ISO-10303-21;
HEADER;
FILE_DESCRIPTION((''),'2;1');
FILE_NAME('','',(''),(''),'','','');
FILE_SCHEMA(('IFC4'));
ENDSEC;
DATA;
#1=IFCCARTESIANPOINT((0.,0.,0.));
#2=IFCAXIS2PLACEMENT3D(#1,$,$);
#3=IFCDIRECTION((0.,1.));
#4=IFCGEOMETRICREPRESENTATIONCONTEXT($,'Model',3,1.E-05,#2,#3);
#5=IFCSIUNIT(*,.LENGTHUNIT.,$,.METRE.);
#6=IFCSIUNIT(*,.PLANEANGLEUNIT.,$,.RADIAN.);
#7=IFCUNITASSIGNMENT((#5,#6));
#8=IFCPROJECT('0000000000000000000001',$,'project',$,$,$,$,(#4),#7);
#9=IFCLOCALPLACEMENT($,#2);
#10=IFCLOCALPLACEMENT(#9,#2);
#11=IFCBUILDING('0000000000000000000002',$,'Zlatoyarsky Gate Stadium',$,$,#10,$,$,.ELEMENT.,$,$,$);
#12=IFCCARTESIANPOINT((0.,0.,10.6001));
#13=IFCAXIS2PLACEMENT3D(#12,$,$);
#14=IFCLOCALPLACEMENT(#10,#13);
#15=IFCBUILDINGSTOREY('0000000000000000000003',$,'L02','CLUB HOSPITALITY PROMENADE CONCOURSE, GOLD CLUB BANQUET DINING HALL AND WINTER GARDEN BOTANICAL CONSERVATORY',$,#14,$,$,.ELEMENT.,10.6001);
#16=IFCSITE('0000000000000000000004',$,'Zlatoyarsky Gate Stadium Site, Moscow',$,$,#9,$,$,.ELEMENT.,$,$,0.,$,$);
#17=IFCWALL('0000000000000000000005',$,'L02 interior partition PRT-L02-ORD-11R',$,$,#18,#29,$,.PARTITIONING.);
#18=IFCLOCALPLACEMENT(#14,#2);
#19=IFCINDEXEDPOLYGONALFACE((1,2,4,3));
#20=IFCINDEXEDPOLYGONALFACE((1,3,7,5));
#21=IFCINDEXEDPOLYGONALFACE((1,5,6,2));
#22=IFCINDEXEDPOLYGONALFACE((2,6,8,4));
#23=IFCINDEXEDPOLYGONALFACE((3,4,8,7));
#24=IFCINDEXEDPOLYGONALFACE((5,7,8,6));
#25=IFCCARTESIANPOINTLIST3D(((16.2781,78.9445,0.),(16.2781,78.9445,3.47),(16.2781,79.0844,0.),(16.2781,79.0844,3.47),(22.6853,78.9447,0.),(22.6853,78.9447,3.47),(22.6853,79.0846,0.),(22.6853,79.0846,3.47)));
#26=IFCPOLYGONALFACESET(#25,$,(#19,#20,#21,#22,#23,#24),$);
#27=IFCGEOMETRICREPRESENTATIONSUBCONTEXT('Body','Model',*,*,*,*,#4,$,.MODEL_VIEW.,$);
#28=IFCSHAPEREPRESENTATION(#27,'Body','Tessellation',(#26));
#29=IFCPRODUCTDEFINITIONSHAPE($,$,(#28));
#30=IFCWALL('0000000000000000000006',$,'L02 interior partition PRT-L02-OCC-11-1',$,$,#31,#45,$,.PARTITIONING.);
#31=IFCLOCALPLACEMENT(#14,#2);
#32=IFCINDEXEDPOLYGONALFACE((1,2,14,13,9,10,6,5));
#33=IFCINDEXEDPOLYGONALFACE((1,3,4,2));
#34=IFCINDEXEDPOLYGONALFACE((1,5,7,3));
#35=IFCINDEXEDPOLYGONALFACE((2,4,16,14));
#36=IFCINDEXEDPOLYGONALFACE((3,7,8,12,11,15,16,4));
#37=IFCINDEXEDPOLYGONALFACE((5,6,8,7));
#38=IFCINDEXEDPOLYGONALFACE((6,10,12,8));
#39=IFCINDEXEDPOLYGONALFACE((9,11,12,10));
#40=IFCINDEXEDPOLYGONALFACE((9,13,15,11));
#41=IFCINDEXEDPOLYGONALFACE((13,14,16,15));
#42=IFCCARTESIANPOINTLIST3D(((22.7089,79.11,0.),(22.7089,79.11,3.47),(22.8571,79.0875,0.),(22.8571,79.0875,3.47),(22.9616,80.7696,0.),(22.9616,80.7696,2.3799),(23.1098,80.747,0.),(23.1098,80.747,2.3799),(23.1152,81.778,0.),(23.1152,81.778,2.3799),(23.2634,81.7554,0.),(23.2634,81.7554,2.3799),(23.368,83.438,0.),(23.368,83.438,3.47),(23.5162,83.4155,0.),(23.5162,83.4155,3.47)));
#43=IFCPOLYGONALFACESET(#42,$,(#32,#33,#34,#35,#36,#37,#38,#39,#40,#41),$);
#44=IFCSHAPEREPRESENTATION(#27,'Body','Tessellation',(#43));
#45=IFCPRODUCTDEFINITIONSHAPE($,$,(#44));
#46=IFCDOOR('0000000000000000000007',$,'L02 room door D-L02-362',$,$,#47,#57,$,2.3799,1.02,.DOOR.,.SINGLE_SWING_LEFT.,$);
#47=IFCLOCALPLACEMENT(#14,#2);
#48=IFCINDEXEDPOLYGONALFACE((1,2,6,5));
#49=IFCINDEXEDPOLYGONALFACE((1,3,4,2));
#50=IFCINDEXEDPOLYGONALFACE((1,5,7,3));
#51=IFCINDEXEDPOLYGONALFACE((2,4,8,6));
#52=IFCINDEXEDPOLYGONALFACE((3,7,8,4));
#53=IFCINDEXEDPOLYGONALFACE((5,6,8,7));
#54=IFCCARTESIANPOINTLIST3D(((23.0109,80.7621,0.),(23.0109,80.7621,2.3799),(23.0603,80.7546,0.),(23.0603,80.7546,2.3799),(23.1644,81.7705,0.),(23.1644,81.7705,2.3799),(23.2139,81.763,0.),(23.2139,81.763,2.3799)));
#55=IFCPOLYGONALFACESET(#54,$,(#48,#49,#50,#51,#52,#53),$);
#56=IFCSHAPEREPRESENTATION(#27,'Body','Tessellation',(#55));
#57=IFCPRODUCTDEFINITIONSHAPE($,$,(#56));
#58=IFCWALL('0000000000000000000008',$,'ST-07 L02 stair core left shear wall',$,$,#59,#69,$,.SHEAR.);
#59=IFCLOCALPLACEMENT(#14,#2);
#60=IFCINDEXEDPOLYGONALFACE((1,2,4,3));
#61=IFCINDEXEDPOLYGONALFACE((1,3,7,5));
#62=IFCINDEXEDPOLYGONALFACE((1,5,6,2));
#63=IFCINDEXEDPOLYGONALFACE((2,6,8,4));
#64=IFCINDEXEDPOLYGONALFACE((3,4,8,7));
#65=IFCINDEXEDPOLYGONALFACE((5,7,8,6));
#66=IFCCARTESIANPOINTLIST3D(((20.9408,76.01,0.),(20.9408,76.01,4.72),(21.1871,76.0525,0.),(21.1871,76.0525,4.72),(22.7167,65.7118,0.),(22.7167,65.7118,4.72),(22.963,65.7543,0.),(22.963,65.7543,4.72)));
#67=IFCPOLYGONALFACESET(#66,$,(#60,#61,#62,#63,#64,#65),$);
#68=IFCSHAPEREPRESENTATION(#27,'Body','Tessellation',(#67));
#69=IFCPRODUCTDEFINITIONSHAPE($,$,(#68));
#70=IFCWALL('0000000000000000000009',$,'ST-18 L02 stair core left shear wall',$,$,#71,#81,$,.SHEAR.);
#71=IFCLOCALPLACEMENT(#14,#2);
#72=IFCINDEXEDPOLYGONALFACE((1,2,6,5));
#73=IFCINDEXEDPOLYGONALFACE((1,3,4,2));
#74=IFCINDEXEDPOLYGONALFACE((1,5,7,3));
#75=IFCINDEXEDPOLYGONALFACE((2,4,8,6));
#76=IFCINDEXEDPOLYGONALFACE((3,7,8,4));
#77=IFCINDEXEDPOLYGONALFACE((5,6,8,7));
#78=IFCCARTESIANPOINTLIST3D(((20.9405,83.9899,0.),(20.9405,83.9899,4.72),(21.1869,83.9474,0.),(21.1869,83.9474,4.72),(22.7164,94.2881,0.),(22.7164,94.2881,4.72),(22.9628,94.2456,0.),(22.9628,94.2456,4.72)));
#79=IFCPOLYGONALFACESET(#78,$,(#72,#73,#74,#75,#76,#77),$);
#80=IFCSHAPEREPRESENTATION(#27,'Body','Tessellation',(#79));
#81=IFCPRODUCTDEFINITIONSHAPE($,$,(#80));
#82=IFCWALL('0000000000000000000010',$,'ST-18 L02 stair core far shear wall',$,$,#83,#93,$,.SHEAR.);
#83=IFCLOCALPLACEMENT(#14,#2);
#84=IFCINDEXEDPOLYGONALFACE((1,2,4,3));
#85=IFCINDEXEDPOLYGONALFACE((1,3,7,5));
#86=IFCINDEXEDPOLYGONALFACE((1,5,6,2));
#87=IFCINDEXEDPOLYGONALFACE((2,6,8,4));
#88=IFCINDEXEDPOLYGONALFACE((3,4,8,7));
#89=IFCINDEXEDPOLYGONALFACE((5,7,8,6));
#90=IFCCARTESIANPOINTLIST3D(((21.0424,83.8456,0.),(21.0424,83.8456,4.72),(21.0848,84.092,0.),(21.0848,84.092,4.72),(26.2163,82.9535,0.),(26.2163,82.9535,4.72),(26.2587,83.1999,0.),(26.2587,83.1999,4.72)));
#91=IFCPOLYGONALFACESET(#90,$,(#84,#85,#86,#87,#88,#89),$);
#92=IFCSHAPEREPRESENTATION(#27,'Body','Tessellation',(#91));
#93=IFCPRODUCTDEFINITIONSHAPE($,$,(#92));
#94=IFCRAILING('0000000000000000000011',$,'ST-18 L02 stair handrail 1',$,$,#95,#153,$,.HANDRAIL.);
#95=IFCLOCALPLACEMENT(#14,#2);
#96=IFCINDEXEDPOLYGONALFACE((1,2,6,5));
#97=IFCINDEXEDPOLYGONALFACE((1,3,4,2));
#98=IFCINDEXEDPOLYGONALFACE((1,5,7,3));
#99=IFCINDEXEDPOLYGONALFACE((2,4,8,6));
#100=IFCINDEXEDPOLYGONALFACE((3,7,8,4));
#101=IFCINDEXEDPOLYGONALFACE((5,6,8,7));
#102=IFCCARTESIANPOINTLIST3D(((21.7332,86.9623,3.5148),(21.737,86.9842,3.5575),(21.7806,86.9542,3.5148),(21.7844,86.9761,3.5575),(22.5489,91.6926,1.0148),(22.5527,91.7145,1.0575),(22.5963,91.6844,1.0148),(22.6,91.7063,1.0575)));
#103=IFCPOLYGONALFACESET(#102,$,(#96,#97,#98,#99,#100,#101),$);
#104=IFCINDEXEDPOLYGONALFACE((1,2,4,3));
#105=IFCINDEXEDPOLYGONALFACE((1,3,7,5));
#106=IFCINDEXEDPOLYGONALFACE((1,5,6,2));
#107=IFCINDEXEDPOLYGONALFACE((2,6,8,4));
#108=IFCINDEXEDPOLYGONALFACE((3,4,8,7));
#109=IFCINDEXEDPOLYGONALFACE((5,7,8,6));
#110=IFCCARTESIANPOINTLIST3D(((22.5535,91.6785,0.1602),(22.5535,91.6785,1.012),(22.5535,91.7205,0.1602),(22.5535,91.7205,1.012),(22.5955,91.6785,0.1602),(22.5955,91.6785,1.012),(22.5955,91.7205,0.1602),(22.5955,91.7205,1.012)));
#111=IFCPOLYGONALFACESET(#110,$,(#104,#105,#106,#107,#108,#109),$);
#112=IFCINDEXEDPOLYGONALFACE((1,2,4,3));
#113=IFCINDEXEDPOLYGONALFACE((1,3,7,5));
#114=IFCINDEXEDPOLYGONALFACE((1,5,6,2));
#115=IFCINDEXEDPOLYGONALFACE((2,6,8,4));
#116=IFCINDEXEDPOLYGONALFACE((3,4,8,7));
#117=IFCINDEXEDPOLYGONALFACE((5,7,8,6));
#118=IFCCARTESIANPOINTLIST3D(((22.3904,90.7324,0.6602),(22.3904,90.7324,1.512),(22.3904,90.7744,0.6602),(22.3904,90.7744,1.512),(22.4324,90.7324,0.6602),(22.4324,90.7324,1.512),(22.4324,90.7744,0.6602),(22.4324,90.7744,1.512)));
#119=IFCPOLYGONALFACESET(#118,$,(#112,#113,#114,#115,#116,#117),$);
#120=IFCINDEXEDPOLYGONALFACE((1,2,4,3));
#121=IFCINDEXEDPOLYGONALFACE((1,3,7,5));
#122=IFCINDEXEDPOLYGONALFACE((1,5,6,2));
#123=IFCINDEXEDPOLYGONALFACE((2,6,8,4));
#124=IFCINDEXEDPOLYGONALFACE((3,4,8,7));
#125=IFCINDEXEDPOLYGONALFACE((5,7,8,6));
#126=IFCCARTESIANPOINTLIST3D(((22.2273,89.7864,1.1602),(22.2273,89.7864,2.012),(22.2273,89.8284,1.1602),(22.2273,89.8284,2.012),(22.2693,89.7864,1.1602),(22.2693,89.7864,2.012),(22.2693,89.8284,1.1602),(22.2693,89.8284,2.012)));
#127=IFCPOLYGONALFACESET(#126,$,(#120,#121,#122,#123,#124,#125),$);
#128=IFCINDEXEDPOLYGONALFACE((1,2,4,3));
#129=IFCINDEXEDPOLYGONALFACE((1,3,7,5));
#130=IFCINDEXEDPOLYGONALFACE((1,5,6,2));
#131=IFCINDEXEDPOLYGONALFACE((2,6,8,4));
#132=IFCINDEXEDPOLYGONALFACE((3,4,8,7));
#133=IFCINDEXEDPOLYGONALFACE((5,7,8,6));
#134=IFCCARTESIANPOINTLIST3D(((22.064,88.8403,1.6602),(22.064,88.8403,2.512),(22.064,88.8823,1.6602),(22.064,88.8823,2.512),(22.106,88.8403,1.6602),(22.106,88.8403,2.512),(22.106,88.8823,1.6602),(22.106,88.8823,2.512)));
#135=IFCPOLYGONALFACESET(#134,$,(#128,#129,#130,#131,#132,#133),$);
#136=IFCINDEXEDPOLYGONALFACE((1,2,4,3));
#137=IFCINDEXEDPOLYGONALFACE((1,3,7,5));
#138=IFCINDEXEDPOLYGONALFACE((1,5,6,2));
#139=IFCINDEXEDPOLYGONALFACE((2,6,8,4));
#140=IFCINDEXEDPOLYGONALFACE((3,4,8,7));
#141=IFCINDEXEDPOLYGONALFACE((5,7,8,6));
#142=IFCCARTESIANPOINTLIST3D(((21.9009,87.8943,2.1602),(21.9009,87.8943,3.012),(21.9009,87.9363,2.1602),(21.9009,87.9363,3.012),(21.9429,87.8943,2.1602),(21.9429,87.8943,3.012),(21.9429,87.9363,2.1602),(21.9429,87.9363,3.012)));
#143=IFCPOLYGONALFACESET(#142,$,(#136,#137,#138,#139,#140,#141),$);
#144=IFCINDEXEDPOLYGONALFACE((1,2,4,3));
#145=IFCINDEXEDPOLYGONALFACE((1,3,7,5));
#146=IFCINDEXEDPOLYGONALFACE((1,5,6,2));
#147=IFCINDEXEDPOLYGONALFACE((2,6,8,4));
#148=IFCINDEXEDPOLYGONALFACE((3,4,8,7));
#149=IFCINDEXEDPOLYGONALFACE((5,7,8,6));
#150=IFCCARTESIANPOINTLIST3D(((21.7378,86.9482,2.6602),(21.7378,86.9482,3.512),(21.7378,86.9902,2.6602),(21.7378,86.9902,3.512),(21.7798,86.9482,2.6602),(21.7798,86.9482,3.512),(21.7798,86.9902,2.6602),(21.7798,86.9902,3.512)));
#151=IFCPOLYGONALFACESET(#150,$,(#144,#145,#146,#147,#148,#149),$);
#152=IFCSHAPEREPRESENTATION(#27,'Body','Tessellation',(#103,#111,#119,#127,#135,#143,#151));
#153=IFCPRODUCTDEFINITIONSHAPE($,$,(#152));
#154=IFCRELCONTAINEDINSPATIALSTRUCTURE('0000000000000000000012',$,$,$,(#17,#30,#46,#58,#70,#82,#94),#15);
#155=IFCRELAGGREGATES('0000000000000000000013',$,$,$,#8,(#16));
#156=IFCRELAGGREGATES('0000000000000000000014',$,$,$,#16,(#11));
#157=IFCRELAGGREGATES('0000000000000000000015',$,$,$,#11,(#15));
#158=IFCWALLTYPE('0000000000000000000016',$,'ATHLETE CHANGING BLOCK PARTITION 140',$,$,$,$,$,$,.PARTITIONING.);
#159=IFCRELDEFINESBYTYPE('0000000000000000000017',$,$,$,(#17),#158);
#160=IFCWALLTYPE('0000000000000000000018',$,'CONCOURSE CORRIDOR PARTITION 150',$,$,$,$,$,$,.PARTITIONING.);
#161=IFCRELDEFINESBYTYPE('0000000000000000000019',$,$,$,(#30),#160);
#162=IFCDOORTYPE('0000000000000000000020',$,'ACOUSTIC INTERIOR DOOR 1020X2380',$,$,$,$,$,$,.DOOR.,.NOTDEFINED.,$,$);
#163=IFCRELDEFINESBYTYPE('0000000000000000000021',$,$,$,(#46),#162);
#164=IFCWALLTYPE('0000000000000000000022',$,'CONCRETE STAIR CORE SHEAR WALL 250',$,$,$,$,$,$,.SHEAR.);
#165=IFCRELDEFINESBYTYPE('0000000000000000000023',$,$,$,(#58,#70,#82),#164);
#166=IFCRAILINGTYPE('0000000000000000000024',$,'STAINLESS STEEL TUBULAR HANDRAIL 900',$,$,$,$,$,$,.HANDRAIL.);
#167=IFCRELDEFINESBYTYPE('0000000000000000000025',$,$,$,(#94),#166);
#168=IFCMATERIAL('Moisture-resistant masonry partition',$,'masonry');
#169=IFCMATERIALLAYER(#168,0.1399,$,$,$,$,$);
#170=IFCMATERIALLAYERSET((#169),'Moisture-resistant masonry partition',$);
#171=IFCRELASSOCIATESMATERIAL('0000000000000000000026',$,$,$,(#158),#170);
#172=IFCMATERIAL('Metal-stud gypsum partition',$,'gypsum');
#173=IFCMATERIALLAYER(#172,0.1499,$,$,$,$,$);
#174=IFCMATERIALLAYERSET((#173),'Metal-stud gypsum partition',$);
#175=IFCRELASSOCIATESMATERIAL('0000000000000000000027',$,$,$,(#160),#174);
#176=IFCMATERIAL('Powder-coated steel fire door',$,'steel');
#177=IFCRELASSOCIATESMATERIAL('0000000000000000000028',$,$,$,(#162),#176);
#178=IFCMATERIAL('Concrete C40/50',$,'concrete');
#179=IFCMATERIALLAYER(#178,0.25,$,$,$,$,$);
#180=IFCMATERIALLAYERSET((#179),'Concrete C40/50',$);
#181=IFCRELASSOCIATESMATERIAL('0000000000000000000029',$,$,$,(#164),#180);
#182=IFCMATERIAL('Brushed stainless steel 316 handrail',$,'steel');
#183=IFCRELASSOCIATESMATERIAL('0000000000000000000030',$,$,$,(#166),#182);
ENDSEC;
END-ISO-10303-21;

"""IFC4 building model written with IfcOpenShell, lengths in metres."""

from ifc_helpers import new_model, si_unit, direction, frame, frame_2d, origin, origin_2d, place, context, subcontext, project, spatial, rectangle, extrude, material, layer, layer_set, type_object, element, fill, save


model = new_model("IFC4")

# Units and contexts
model_context = context("Model", 3, precision=1e-05, world=origin(), true_north=direction((0.0, 1.0)))
body_context = subcontext(model_context, "Body", "Model", "MODEL_VIEW")
ifc_project = project(units=[si_unit("LENGTHUNIT", "METRE"), si_unit("PLANEANGLEUNIT", "RADIAN")], contexts=[model_context])

# Site, building, storey
site_placement = place(None, origin())
site = spatial("IfcSite", under=ifc_project, at=site_placement, Name="Zlatoyarsky Gate Stadium Site, Moscow", CompositionType="ELEMENT", RefElevation=0.0)
building_placement = place(site_placement, origin())
building = spatial("IfcBuilding", under=site, at=building_placement, Name="Zlatoyarsky Gate Stadium", CompositionType="ELEMENT")
storey_placement = place(building_placement, frame((0.0, 0.0, 10.6001)))
storey = spatial("IfcBuildingStorey", under=building, at=storey_placement, Name="L02", Description="CLUB HOSPITALITY PROMENADE CONCOURSE, GOLD CLUB BANQUET DINING HALL AND WINTER GARDEN BOTANICAL CONSERVATORY", CompositionType="ELEMENT", Elevation=10.6001)

# Wall
ifc_material_1 = material(Name="Moisture-resistant masonry partition", Category="masonry")
ifc_layer_1 = layer(ifc_material_1, 0.1399)
ifc_layer_set_1 = layer_set([ifc_layer_1], Name="Moisture-resistant masonry partition")
wall_type_1 = type_object("IfcWallType", Name="ATHLETE CHANGING BLOCK PARTITION 140", PredefinedType="PARTITIONING", material=ifc_layer_set_1)
wall_1_placement = place(storey_placement, frame((22.6853, 79.0146, 0.0), z_axis=(0.0, 0.0, 1.0), x_axis=(-1.0, -0.000038, 0.0)))
element("IfcWall", 1, at=wall_1_placement, inside=storey, type_object=wall_type_1, Name="L02 interior partition PRT-L02-ORD-11R", PredefinedType="PARTITIONING", context=body_context, shape_type="SweptSolid", body=[
    extrude(rectangle(XDim=6.4072, YDim=0.1399, at=frame_2d((3.2036, 0.0))), origin(), (0.0, 0.0, 1.0), 3.47),
])

# Wall, opening, door
ifc_material_2 = material(Name="Metal-stud gypsum partition", Category="gypsum")
ifc_layer_2 = layer(ifc_material_2, 0.1499)
ifc_layer_set_2 = layer_set([ifc_layer_2], Name="Metal-stud gypsum partition")
wall_type_2 = type_object("IfcWallType", Name="CONCOURSE CORRIDOR PARTITION 150", PredefinedType="PARTITIONING", material=ifc_layer_set_2)
wall_2_placement = place(storey_placement, frame((23.4421, 83.4268, 0.0), z_axis=(0.0, 0.0, 1.0), x_axis=(-0.150565, -0.9886, 0.0)))
wall_2 = element("IfcWall", 2, at=wall_2_placement, inside=storey, type_object=wall_type_2, Name="L02 interior partition PRT-L02-OCC-11-1", PredefinedType="PARTITIONING", context=body_context, shape_type="SweptSolid", body=[
    extrude(rectangle(XDim=4.3779, YDim=0.1499, at=frame_2d((2.189, 0.0))), origin(), (0.0, 0.0, 1.0), 3.47),
])
opening_placement = place(wall_2_placement, frame((1.6792, 0.0, 0.0)))
opening = element("IfcOpeningElement", 3, at=opening_placement, cuts=wall_2, PredefinedType="OPENING", context=body_context, shape_type="SweptSolid", body=[
    extrude(rectangle(XDim=1.02, YDim=2.3799, at=frame_2d((0.51, 1.1899))), frame((0.0, 0.085, 0.0), z_axis=(0.0, -1.0, 0.0), x_axis=(1.0, 0.0, 0.0)), (0.0, 0.0, 1.0), 0.1699),
])
ifc_material_3 = material(Name="Powder-coated steel fire door", Category="steel")
door_type = type_object("IfcDoorType", Name="ACOUSTIC INTERIOR DOOR 1020X2380", OperationType="NOTDEFINED", PredefinedType="DOOR", material=ifc_material_3)
door_placement = place(opening_placement, origin())
door = element("IfcDoor", 4, at=door_placement, inside=storey, type_object=door_type, Name="L02 room door D-L02-362", OperationType="SINGLE_SWING_LEFT", OverallHeight=2.3799, OverallWidth=1.02, PredefinedType="DOOR", context=body_context, shape_type="SweptSolid", body=[
    extrude(rectangle(XDim=1.02, YDim=2.3799, at=frame_2d((0.51, 1.1899))), frame((0.0, 0.0249, 0.0), z_axis=(0.0, -1.0, 0.0), x_axis=(1.0, 0.0, 0.0)), (0.0, 0.0, 1.0), 0.05),
])
fill(opening, door)

# Walls
ifc_material_4 = material(Name="Concrete C40/50", Category="concrete")
ifc_layer_3 = layer(ifc_material_4, 0.25)
ifc_layer_set_3 = layer_set([ifc_layer_3], Name="Concrete C40/50")
wall_type_3 = type_object("IfcWallType", Name="CONCRETE STAIR CORE SHEAR WALL 250", PredefinedType="SHEAR", material=ifc_layer_set_3)
for number, where, z_axis, x_axis, name in (
    (5, (21.064, 76.0312, 0.0), (0.0, 0.0, 1.0), (0.169939, -0.985455, 0.0), "ST-07 L02 stair core left shear wall"),
    (6, (22.8396, 94.2668, 0.0), (0.0, 0.0, 1.0), (-0.169939, -0.985455, 0.0), "ST-18 L02 stair core left shear wall"),
):
    element("IfcWall", number, at=place(storey_placement, frame(where, z_axis=z_axis, x_axis=x_axis)), inside=storey, type_object=wall_type_3, Name=name, PredefinedType="SHEAR", context=body_context, shape_type="SweptSolid", body=[
        extrude(rectangle(XDim=10.4502, YDim=0.25, at=frame_2d((5.2251, 0.0))), origin(), (0.0, 0.0, 1.0), 4.72),
    ])
wall_3_placement = place(storey_placement, frame((21.0637, 83.9688, 0.0), z_axis=(0.0, 0.0, 1.0), x_axis=(0.985459, -0.169916, 0.0)))
element("IfcWall", 7, at=wall_3_placement, inside=storey, type_object=wall_type_3, Name="ST-18 L02 stair core far shear wall", PredefinedType="SHEAR", context=body_context, shape_type="SweptSolid", body=[
    extrude(rectangle(XDim=5.2502, YDim=0.25, at=frame_2d((2.625, 0.0))), origin(), (0.0, 0.0, 1.0), 4.72),
])

# Railing
ifc_material_5 = material(Name="Brushed stainless steel 316 handrail", Category="steel")
railing_type = type_object("IfcRailingType", Name="STAINLESS STEEL TUBULAR HANDRAIL 900", PredefinedType="HANDRAIL", material=ifc_material_5)
railing_placement = place(storey_placement, frame((22.5745, 91.6995, 0.1602)))
element("IfcRailing", 8, at=railing_placement, inside=storey, type_object=railing_type, Name="ST-18 L02 stair handrail 1", PredefinedType="HANDRAIL", context=body_context, shape_type="SweptSolid", body=[
    extrude(rectangle(XDim=0.0481, YDim=0.0481, at=origin_2d()), frame((0.0, 0.0, 0.876), z_axis=(-0.150714, -0.874016, 0.461932), x_axis=(0.985456, -0.169931, 0.0)), (0.0, 0.0, 1.0), 5.4121),
    extrude(rectangle(XDim=0.042, YDim=0.042, at=origin_2d()), origin(), (0.0, 0.0, 1.0), 0.8518),
    extrude(rectangle(XDim=0.042, YDim=0.042, at=origin_2d()), frame((-0.1631, -0.946, 0.5)), (0.0, 0.0, 1.0), 0.8518),
    extrude(rectangle(XDim=0.042, YDim=0.042, at=origin_2d()), frame((-0.3262, -1.8921, 1.0)), (0.0, 0.0, 1.0), 0.8518),
    extrude(rectangle(XDim=0.042, YDim=0.042, at=origin_2d()), frame((-0.4895, -2.8381, 1.5)), (0.0, 0.0, 1.0), 0.8518),
    extrude(rectangle(XDim=0.042, YDim=0.042, at=origin_2d()), frame((-0.6526, -3.7842, 2.0)), (0.0, 0.0, 1.0), 0.8518),
    extrude(rectangle(XDim=0.042, YDim=0.042, at=origin_2d()), frame((-0.8157, -4.7302, 2.5)), (0.0, 0.0, 1.0), 0.8518),
])

save(model, "model.ifc")
